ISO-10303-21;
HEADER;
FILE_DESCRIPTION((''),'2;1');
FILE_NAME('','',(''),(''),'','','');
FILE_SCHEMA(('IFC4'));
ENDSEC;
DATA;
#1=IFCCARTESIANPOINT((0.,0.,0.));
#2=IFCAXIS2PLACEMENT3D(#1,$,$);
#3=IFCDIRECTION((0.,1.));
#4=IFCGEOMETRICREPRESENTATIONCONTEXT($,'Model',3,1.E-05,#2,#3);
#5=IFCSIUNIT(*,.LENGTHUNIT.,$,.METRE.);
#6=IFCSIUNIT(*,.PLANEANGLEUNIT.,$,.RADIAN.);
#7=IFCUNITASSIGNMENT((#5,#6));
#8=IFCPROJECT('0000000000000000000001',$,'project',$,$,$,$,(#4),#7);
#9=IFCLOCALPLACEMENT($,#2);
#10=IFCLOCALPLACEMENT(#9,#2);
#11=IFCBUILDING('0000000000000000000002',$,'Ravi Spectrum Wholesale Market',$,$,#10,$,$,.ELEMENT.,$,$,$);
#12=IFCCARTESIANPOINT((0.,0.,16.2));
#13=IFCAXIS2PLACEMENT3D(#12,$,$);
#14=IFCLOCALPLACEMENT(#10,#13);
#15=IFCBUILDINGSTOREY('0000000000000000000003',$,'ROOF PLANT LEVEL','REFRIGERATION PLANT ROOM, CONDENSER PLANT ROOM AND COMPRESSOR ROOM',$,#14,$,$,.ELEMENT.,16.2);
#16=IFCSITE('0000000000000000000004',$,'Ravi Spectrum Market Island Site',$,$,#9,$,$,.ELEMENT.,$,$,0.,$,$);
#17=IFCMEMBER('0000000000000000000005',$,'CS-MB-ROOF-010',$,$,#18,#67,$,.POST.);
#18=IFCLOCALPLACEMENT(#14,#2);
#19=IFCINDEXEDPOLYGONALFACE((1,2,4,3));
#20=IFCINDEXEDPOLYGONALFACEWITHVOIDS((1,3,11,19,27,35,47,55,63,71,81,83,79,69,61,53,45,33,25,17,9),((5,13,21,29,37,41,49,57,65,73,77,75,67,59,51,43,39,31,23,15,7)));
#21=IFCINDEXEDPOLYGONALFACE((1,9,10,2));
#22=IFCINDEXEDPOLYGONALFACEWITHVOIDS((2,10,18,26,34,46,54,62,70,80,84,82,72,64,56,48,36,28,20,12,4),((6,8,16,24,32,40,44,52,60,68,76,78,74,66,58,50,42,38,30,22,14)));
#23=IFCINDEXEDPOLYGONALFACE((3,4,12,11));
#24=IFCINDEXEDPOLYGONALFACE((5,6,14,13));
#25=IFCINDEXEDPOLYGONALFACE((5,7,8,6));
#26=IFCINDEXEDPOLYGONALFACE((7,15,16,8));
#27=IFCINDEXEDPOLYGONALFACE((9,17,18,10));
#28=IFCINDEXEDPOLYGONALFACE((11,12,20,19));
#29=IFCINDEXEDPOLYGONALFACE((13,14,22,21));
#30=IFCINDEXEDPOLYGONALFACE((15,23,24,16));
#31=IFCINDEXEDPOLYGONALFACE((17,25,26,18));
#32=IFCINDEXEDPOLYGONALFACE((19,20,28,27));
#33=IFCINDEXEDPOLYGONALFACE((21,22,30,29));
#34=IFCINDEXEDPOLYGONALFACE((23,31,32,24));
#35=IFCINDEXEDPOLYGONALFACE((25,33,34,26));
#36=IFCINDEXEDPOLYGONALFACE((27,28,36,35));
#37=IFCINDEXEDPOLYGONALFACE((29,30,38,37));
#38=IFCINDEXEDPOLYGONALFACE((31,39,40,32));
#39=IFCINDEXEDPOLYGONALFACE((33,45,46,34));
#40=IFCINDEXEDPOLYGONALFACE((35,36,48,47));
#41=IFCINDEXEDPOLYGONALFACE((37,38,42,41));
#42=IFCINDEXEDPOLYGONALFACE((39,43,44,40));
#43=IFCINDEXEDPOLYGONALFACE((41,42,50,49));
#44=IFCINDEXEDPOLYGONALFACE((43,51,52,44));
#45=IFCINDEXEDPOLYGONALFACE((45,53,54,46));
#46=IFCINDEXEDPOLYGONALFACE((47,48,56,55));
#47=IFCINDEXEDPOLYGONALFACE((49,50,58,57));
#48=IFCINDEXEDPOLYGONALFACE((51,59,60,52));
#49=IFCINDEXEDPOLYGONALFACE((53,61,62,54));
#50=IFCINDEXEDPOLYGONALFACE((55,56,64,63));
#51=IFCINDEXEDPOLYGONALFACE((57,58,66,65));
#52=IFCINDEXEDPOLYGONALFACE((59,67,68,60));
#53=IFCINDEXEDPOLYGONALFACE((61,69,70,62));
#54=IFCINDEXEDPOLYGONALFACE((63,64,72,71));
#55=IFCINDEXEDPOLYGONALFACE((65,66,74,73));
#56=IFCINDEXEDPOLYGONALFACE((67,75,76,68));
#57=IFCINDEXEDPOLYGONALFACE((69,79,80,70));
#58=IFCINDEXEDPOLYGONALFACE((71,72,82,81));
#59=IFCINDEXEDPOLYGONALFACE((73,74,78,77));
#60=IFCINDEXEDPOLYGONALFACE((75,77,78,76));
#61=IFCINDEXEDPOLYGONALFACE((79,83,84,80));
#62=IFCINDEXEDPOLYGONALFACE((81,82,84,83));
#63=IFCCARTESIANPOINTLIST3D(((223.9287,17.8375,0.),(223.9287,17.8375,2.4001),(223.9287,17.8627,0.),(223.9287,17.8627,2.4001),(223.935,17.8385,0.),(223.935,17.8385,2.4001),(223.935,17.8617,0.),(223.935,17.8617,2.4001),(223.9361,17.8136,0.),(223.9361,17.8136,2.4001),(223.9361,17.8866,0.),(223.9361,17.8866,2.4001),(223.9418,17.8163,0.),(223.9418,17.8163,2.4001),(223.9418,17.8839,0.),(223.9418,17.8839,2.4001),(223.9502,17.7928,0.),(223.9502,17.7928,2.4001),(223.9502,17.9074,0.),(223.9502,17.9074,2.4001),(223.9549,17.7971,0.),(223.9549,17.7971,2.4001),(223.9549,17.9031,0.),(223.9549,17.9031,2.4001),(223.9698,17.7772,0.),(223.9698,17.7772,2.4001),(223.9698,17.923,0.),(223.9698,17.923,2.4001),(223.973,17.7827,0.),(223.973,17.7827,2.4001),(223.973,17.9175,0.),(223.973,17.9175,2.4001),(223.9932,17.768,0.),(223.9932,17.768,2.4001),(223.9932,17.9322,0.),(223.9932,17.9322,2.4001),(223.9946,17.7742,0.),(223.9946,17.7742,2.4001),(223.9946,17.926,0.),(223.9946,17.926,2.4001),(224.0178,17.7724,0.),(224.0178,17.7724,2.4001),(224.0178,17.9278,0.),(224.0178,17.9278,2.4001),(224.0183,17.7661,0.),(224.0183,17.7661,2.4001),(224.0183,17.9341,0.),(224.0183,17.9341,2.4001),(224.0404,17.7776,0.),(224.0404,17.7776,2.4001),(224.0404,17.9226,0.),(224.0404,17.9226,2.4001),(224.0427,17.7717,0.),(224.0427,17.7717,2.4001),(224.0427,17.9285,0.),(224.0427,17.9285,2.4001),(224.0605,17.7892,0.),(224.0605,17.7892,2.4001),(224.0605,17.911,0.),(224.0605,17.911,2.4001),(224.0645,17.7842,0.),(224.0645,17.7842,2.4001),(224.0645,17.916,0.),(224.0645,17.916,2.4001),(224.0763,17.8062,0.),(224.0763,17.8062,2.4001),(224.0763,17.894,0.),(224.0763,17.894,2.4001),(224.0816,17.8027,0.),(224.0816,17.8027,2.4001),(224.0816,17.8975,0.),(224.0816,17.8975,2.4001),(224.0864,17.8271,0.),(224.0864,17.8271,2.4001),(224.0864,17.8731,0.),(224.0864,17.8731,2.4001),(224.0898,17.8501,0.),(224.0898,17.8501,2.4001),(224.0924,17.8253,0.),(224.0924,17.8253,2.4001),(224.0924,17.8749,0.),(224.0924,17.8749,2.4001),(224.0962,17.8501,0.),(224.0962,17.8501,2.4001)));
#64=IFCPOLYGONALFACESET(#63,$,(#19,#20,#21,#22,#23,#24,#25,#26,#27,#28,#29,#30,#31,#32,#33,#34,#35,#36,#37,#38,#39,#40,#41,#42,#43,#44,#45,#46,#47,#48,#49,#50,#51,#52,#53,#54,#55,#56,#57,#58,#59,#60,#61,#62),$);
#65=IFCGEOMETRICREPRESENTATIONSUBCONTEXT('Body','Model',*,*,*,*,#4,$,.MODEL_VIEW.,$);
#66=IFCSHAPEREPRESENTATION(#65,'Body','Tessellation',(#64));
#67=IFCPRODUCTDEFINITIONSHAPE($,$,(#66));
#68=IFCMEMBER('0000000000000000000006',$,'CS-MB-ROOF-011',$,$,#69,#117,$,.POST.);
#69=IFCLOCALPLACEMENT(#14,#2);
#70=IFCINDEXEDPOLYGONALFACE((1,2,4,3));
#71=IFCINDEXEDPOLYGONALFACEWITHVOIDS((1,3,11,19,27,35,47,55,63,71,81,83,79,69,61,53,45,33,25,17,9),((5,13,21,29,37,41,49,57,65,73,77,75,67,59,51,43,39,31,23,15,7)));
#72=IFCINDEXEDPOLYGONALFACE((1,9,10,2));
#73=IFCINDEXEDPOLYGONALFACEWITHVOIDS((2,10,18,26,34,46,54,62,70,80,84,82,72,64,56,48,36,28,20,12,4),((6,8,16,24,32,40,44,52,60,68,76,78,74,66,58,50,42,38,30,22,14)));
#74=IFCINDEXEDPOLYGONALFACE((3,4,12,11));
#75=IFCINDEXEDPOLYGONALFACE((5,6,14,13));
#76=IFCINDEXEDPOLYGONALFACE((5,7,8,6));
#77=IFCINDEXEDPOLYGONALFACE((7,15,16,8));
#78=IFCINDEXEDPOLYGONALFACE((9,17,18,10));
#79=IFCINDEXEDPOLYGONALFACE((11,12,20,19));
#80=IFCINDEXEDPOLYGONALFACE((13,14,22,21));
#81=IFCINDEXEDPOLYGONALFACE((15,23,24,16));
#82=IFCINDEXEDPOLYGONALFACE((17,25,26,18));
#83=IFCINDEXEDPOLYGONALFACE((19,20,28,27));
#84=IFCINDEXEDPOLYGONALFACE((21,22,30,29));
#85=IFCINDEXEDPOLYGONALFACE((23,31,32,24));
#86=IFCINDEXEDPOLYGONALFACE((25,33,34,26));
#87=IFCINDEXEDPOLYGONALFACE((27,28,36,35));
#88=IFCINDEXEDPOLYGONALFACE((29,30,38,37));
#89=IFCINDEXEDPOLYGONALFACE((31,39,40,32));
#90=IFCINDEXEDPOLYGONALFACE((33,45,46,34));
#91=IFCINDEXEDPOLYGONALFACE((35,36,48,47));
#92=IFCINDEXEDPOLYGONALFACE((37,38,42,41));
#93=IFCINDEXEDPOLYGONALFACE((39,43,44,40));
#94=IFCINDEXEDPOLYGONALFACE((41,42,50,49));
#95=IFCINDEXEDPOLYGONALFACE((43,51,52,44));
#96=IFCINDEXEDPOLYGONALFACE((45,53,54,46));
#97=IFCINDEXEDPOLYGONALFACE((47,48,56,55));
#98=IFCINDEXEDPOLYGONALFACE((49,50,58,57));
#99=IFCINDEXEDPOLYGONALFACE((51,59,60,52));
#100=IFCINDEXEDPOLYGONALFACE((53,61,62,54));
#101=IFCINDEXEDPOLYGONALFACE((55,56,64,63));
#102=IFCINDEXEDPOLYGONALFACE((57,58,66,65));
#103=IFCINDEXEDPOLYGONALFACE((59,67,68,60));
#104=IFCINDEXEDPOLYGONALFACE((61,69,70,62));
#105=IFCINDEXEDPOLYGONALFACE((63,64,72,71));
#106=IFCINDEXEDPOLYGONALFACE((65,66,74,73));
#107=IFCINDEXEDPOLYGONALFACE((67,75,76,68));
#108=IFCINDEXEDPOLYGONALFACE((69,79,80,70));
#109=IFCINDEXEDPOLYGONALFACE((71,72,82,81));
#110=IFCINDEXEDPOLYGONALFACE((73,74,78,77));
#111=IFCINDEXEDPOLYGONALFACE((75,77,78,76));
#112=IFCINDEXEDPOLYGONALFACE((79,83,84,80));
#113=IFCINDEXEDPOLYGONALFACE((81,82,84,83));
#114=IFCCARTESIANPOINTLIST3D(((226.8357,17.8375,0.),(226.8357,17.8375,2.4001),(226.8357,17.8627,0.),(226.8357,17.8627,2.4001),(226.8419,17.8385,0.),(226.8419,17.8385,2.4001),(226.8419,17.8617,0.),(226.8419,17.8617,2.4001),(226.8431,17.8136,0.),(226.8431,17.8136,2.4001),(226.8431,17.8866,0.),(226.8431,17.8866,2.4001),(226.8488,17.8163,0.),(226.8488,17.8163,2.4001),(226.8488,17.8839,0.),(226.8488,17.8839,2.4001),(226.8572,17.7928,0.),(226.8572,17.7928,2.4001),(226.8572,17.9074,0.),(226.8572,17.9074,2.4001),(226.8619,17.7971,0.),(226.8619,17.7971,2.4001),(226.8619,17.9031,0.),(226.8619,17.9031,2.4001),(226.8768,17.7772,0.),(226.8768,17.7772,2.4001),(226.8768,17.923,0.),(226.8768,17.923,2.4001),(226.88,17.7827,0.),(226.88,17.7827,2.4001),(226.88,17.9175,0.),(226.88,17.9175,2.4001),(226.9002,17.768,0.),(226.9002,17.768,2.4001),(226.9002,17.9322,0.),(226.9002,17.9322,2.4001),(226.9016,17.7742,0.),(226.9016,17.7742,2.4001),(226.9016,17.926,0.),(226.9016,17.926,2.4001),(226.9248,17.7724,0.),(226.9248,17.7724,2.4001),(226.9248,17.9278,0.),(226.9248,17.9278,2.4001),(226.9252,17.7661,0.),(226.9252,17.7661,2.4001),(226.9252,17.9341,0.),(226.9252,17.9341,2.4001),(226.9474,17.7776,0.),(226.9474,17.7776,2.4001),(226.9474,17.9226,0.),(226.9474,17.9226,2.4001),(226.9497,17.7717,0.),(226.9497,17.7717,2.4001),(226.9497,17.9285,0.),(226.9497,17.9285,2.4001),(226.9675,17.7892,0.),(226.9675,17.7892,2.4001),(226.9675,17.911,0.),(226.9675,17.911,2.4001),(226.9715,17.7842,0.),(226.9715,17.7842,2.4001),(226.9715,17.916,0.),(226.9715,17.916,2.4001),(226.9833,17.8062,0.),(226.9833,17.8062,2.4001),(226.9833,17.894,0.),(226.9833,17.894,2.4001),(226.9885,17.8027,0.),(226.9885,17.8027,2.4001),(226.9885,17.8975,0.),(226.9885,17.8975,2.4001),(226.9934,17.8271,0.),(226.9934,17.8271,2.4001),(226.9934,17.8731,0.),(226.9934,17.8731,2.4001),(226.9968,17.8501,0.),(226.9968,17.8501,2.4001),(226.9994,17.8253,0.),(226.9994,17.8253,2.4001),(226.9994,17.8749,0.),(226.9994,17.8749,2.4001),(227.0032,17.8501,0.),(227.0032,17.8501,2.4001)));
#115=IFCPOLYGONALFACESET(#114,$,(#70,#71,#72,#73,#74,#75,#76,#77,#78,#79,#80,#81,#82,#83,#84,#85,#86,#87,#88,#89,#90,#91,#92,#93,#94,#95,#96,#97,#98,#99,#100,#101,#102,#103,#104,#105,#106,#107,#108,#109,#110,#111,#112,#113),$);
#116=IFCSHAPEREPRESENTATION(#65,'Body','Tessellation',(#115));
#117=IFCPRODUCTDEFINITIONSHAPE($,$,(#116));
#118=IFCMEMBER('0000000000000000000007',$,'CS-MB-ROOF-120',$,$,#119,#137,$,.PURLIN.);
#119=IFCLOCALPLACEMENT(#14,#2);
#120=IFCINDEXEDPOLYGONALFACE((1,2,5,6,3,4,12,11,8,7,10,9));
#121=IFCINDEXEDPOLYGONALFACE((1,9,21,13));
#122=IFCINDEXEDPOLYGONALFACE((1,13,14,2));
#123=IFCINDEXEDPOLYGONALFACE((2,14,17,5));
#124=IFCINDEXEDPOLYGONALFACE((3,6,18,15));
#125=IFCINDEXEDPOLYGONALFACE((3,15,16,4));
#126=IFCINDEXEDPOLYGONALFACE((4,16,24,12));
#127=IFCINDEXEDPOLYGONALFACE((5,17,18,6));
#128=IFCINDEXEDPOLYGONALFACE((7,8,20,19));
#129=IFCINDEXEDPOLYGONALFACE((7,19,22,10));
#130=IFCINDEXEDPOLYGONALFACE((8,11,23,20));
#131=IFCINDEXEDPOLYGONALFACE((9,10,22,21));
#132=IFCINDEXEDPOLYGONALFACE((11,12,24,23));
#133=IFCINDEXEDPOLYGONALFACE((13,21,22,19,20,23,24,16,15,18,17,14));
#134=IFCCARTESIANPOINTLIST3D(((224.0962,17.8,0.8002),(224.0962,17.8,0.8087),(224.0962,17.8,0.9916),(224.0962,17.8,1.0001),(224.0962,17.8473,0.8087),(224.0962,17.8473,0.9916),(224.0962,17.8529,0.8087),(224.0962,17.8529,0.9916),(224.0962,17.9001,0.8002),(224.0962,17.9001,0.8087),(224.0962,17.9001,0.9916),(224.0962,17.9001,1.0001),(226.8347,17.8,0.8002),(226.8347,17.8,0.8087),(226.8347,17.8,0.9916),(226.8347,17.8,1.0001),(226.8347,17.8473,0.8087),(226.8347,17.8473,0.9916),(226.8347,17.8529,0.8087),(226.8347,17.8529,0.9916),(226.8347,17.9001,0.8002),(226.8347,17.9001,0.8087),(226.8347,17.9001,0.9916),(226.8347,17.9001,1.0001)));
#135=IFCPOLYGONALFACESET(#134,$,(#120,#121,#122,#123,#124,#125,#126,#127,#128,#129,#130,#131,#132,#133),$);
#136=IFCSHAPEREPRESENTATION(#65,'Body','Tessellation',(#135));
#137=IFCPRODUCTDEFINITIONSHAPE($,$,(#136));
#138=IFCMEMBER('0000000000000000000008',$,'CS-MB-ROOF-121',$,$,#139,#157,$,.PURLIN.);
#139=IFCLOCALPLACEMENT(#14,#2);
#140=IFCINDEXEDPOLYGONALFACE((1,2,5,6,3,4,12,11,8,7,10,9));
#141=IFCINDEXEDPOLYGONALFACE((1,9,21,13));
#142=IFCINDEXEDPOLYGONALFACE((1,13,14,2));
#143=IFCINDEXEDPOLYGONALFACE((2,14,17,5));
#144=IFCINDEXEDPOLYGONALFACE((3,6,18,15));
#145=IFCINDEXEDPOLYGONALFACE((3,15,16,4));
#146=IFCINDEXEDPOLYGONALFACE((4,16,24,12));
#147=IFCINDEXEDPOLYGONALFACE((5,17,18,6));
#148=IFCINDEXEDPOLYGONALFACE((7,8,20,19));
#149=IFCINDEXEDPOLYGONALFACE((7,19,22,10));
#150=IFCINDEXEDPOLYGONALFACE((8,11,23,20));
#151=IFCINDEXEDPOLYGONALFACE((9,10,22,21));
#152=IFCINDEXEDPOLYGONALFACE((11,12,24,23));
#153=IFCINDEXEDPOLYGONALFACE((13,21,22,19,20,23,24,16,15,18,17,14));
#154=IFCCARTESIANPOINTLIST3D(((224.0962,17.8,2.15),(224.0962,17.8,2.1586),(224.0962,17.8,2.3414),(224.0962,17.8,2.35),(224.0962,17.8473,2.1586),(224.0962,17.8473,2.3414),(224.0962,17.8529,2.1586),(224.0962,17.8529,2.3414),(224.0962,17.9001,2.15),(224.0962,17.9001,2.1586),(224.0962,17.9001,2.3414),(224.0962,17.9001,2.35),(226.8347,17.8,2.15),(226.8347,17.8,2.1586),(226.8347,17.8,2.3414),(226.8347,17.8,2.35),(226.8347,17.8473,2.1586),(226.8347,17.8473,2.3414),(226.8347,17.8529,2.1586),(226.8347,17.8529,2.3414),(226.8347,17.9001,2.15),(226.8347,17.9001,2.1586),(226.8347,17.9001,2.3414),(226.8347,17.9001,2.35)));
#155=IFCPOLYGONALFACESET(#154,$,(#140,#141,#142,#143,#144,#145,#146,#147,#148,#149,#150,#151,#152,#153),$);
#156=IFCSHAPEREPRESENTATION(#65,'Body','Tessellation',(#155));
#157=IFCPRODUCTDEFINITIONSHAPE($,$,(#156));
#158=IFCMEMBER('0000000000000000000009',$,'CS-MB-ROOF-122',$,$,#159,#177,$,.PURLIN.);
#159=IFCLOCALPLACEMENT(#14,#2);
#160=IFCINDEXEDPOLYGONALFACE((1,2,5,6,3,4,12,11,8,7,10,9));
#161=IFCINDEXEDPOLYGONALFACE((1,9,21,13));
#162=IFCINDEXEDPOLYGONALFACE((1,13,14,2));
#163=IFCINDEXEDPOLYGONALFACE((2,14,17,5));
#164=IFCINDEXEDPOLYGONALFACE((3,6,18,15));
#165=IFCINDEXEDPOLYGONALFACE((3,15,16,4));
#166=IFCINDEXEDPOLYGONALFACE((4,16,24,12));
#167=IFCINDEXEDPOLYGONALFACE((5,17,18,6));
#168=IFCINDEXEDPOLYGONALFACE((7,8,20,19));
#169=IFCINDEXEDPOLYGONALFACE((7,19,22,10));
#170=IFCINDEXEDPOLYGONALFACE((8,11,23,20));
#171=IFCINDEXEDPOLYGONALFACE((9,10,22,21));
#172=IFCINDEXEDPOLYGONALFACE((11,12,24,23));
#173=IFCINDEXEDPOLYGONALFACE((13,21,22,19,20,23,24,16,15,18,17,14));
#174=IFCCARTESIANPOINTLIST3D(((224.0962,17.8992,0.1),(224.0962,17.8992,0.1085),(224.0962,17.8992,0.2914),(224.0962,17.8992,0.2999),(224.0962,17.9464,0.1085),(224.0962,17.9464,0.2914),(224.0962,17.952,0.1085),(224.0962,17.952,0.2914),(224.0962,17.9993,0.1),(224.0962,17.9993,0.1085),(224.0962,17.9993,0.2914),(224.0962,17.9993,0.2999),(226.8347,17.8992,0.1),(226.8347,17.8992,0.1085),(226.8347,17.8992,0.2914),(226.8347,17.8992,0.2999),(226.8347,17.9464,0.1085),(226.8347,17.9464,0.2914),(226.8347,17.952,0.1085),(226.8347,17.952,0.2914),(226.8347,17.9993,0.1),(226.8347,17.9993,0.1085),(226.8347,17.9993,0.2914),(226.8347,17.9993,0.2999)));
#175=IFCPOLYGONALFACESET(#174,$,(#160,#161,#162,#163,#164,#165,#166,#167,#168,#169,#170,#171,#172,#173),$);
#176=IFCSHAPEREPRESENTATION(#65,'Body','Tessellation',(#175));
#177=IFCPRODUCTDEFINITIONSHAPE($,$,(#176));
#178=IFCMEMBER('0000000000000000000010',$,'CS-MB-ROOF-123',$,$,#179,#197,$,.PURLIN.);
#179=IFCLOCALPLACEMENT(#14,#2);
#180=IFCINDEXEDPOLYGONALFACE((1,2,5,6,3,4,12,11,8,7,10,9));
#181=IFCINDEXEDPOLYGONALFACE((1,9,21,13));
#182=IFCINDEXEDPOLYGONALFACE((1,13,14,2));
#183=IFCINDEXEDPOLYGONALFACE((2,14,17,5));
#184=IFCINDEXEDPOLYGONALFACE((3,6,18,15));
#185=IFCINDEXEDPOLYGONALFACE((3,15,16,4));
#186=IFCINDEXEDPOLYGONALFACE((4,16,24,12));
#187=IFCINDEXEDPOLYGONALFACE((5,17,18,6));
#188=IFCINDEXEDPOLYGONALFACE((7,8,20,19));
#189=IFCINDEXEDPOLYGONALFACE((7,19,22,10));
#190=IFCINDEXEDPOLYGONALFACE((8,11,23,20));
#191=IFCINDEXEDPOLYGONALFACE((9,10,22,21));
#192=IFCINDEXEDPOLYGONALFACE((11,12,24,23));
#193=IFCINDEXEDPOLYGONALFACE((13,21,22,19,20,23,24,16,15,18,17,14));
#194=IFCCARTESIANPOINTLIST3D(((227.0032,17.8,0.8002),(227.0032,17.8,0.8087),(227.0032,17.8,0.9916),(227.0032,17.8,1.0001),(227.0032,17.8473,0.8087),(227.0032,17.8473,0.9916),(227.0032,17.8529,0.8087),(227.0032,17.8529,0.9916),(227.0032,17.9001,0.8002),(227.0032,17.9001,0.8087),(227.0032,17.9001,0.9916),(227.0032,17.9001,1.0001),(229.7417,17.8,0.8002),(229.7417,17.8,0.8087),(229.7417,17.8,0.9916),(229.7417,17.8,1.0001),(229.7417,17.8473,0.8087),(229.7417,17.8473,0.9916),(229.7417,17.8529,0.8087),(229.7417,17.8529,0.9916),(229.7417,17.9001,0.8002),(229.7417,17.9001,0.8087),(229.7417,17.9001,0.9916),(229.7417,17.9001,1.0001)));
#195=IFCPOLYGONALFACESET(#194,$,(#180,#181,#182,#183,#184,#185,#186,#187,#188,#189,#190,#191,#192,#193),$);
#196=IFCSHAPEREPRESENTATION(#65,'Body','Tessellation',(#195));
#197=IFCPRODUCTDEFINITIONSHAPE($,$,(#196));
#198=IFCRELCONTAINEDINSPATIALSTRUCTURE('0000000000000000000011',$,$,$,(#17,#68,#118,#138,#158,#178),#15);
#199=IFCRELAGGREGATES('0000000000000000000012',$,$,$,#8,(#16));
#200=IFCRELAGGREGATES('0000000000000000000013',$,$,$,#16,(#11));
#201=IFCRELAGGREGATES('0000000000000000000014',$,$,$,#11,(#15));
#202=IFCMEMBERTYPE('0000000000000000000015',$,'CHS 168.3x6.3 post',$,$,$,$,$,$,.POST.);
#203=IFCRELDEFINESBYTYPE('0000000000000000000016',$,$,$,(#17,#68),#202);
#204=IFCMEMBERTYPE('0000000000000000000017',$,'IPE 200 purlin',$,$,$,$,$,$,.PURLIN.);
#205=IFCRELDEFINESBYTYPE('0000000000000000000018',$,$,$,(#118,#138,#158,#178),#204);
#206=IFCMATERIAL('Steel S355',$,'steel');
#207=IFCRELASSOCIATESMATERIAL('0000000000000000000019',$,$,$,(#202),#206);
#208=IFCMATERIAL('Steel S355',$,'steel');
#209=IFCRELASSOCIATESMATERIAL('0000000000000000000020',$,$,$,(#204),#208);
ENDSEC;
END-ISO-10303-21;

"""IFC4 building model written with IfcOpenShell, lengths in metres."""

from ifc_helpers import new_model, si_unit, direction, frame, origin, origin_2d, place, context, subcontext, project, spatial, hollow_circle, i_section, extrude, material, material_profile, profile_set, type_object, element, save


model = new_model("IFC4")

# Units and contexts
model_context = context("Model", 3, precision=1e-05, world=origin(), true_north=direction((0.0, 1.0)))
body_context = subcontext(model_context, "Body", "Model", "MODEL_VIEW")
ifc_project = project(units=[si_unit("LENGTHUNIT", "METRE"), si_unit("PLANEANGLEUNIT", "RADIAN")], contexts=[model_context])

# Site, building, storey
site_placement = place(None, origin())
site = spatial("IfcSite", under=ifc_project, at=site_placement, Name="Ravi Spectrum Market Island Site", CompositionType="ELEMENT", RefElevation=0.0)
building_placement = place(site_placement, origin())
building = spatial("IfcBuilding", under=site, at=building_placement, Name="Ravi Spectrum Wholesale Market", CompositionType="ELEMENT")
storey_placement = place(building_placement, frame((0.0, 0.0, 16.2)))
storey = spatial("IfcBuildingStorey", under=building, at=storey_placement, Name="ROOF PLANT LEVEL", Description="REFRIGERATION PLANT ROOM, CONDENSER PLANT ROOM AND COMPRESSOR ROOM", CompositionType="ELEMENT", Elevation=16.2)

# Members
ifc_material_1 = material(Name="Steel S355", Category="steel")
ifc_material_profile_1 = material_profile(ifc_material_1, hollow_circle(Radius=0.0842, WallThickness=0.0063, at=origin_2d()))
ifc_profile_set_1 = profile_set([ifc_material_profile_1], Name="Steel S355")
member_type_1 = type_object("IfcMemberType", Name="CHS 168.3x6.3 post", PredefinedType="POST", material=ifc_profile_set_1)
for number, where, z_axis, x_axis, name in (
    (1, (224.012, 17.8501, 0.0), (0.0, 0.0, 1.0), (1.0, 0.0, 0.0), "CS-MB-ROOF-010"),
    (2, (226.9189, 17.8501, 0.0), (0.0, 0.0, 1.0), (1.0, 0.0, 0.0), "CS-MB-ROOF-011"),
):
    element("IfcMember", number, at=place(storey_placement, frame(where, z_axis=z_axis, x_axis=x_axis)), inside=storey, type_object=member_type_1, Name=name, PredefinedType="POST", context=body_context, shape_type="SweptSolid", body=[
        extrude(hollow_circle(Radius=0.0842, WallThickness=0.0063, at=origin_2d()), origin(), (0.0, 0.0, 1.0), 2.4001),
    ])
ifc_material_2 = material(Name="Steel S355", Category="steel")
ifc_material_profile_2 = material_profile(ifc_material_2, i_section(OverallWidth=0.1001, OverallDepth=0.2, WebThickness=0.0056, FlangeThickness=0.0085, at=origin_2d()))
ifc_profile_set_2 = profile_set([ifc_material_profile_2], Name="Steel S355")
member_type_2 = type_object("IfcMemberType", Name="IPE 200 purlin", PredefinedType="PURLIN", material=ifc_profile_set_2)
for number, where, z_axis, x_axis, name in (
    (3, (224.0962, 17.8501, 0.9001), (1.0, 0.0, 0.0), (0.0, 1.0, 0.0), "CS-MB-ROOF-120"),
    (4, (224.0962, 17.8501, 2.25), (1.0, 0.0, 0.0), (0.0, 1.0, 0.0), "CS-MB-ROOF-121"),
    (5, (224.0962, 17.9492, 0.2), (1.0, 0.0, 0.0), (0.0, 1.0, 0.0), "CS-MB-ROOF-122"),
    (6, (227.0032, 17.8501, 0.9001), (1.0, 0.0, 0.0), (0.0, 1.0, 0.0), "CS-MB-ROOF-123"),
):
    element("IfcMember", number, at=place(storey_placement, frame(where, z_axis=z_axis, x_axis=x_axis)), inside=storey, type_object=member_type_2, Name=name, PredefinedType="PURLIN", context=body_context, shape_type="SweptSolid", body=[
        extrude(i_section(OverallWidth=0.1001, OverallDepth=0.2, WebThickness=0.0056, FlangeThickness=0.0085, at=origin_2d()), origin(), (0.0, 0.0, 1.0), 2.7385),
    ])

save(model, "model.ifc")
